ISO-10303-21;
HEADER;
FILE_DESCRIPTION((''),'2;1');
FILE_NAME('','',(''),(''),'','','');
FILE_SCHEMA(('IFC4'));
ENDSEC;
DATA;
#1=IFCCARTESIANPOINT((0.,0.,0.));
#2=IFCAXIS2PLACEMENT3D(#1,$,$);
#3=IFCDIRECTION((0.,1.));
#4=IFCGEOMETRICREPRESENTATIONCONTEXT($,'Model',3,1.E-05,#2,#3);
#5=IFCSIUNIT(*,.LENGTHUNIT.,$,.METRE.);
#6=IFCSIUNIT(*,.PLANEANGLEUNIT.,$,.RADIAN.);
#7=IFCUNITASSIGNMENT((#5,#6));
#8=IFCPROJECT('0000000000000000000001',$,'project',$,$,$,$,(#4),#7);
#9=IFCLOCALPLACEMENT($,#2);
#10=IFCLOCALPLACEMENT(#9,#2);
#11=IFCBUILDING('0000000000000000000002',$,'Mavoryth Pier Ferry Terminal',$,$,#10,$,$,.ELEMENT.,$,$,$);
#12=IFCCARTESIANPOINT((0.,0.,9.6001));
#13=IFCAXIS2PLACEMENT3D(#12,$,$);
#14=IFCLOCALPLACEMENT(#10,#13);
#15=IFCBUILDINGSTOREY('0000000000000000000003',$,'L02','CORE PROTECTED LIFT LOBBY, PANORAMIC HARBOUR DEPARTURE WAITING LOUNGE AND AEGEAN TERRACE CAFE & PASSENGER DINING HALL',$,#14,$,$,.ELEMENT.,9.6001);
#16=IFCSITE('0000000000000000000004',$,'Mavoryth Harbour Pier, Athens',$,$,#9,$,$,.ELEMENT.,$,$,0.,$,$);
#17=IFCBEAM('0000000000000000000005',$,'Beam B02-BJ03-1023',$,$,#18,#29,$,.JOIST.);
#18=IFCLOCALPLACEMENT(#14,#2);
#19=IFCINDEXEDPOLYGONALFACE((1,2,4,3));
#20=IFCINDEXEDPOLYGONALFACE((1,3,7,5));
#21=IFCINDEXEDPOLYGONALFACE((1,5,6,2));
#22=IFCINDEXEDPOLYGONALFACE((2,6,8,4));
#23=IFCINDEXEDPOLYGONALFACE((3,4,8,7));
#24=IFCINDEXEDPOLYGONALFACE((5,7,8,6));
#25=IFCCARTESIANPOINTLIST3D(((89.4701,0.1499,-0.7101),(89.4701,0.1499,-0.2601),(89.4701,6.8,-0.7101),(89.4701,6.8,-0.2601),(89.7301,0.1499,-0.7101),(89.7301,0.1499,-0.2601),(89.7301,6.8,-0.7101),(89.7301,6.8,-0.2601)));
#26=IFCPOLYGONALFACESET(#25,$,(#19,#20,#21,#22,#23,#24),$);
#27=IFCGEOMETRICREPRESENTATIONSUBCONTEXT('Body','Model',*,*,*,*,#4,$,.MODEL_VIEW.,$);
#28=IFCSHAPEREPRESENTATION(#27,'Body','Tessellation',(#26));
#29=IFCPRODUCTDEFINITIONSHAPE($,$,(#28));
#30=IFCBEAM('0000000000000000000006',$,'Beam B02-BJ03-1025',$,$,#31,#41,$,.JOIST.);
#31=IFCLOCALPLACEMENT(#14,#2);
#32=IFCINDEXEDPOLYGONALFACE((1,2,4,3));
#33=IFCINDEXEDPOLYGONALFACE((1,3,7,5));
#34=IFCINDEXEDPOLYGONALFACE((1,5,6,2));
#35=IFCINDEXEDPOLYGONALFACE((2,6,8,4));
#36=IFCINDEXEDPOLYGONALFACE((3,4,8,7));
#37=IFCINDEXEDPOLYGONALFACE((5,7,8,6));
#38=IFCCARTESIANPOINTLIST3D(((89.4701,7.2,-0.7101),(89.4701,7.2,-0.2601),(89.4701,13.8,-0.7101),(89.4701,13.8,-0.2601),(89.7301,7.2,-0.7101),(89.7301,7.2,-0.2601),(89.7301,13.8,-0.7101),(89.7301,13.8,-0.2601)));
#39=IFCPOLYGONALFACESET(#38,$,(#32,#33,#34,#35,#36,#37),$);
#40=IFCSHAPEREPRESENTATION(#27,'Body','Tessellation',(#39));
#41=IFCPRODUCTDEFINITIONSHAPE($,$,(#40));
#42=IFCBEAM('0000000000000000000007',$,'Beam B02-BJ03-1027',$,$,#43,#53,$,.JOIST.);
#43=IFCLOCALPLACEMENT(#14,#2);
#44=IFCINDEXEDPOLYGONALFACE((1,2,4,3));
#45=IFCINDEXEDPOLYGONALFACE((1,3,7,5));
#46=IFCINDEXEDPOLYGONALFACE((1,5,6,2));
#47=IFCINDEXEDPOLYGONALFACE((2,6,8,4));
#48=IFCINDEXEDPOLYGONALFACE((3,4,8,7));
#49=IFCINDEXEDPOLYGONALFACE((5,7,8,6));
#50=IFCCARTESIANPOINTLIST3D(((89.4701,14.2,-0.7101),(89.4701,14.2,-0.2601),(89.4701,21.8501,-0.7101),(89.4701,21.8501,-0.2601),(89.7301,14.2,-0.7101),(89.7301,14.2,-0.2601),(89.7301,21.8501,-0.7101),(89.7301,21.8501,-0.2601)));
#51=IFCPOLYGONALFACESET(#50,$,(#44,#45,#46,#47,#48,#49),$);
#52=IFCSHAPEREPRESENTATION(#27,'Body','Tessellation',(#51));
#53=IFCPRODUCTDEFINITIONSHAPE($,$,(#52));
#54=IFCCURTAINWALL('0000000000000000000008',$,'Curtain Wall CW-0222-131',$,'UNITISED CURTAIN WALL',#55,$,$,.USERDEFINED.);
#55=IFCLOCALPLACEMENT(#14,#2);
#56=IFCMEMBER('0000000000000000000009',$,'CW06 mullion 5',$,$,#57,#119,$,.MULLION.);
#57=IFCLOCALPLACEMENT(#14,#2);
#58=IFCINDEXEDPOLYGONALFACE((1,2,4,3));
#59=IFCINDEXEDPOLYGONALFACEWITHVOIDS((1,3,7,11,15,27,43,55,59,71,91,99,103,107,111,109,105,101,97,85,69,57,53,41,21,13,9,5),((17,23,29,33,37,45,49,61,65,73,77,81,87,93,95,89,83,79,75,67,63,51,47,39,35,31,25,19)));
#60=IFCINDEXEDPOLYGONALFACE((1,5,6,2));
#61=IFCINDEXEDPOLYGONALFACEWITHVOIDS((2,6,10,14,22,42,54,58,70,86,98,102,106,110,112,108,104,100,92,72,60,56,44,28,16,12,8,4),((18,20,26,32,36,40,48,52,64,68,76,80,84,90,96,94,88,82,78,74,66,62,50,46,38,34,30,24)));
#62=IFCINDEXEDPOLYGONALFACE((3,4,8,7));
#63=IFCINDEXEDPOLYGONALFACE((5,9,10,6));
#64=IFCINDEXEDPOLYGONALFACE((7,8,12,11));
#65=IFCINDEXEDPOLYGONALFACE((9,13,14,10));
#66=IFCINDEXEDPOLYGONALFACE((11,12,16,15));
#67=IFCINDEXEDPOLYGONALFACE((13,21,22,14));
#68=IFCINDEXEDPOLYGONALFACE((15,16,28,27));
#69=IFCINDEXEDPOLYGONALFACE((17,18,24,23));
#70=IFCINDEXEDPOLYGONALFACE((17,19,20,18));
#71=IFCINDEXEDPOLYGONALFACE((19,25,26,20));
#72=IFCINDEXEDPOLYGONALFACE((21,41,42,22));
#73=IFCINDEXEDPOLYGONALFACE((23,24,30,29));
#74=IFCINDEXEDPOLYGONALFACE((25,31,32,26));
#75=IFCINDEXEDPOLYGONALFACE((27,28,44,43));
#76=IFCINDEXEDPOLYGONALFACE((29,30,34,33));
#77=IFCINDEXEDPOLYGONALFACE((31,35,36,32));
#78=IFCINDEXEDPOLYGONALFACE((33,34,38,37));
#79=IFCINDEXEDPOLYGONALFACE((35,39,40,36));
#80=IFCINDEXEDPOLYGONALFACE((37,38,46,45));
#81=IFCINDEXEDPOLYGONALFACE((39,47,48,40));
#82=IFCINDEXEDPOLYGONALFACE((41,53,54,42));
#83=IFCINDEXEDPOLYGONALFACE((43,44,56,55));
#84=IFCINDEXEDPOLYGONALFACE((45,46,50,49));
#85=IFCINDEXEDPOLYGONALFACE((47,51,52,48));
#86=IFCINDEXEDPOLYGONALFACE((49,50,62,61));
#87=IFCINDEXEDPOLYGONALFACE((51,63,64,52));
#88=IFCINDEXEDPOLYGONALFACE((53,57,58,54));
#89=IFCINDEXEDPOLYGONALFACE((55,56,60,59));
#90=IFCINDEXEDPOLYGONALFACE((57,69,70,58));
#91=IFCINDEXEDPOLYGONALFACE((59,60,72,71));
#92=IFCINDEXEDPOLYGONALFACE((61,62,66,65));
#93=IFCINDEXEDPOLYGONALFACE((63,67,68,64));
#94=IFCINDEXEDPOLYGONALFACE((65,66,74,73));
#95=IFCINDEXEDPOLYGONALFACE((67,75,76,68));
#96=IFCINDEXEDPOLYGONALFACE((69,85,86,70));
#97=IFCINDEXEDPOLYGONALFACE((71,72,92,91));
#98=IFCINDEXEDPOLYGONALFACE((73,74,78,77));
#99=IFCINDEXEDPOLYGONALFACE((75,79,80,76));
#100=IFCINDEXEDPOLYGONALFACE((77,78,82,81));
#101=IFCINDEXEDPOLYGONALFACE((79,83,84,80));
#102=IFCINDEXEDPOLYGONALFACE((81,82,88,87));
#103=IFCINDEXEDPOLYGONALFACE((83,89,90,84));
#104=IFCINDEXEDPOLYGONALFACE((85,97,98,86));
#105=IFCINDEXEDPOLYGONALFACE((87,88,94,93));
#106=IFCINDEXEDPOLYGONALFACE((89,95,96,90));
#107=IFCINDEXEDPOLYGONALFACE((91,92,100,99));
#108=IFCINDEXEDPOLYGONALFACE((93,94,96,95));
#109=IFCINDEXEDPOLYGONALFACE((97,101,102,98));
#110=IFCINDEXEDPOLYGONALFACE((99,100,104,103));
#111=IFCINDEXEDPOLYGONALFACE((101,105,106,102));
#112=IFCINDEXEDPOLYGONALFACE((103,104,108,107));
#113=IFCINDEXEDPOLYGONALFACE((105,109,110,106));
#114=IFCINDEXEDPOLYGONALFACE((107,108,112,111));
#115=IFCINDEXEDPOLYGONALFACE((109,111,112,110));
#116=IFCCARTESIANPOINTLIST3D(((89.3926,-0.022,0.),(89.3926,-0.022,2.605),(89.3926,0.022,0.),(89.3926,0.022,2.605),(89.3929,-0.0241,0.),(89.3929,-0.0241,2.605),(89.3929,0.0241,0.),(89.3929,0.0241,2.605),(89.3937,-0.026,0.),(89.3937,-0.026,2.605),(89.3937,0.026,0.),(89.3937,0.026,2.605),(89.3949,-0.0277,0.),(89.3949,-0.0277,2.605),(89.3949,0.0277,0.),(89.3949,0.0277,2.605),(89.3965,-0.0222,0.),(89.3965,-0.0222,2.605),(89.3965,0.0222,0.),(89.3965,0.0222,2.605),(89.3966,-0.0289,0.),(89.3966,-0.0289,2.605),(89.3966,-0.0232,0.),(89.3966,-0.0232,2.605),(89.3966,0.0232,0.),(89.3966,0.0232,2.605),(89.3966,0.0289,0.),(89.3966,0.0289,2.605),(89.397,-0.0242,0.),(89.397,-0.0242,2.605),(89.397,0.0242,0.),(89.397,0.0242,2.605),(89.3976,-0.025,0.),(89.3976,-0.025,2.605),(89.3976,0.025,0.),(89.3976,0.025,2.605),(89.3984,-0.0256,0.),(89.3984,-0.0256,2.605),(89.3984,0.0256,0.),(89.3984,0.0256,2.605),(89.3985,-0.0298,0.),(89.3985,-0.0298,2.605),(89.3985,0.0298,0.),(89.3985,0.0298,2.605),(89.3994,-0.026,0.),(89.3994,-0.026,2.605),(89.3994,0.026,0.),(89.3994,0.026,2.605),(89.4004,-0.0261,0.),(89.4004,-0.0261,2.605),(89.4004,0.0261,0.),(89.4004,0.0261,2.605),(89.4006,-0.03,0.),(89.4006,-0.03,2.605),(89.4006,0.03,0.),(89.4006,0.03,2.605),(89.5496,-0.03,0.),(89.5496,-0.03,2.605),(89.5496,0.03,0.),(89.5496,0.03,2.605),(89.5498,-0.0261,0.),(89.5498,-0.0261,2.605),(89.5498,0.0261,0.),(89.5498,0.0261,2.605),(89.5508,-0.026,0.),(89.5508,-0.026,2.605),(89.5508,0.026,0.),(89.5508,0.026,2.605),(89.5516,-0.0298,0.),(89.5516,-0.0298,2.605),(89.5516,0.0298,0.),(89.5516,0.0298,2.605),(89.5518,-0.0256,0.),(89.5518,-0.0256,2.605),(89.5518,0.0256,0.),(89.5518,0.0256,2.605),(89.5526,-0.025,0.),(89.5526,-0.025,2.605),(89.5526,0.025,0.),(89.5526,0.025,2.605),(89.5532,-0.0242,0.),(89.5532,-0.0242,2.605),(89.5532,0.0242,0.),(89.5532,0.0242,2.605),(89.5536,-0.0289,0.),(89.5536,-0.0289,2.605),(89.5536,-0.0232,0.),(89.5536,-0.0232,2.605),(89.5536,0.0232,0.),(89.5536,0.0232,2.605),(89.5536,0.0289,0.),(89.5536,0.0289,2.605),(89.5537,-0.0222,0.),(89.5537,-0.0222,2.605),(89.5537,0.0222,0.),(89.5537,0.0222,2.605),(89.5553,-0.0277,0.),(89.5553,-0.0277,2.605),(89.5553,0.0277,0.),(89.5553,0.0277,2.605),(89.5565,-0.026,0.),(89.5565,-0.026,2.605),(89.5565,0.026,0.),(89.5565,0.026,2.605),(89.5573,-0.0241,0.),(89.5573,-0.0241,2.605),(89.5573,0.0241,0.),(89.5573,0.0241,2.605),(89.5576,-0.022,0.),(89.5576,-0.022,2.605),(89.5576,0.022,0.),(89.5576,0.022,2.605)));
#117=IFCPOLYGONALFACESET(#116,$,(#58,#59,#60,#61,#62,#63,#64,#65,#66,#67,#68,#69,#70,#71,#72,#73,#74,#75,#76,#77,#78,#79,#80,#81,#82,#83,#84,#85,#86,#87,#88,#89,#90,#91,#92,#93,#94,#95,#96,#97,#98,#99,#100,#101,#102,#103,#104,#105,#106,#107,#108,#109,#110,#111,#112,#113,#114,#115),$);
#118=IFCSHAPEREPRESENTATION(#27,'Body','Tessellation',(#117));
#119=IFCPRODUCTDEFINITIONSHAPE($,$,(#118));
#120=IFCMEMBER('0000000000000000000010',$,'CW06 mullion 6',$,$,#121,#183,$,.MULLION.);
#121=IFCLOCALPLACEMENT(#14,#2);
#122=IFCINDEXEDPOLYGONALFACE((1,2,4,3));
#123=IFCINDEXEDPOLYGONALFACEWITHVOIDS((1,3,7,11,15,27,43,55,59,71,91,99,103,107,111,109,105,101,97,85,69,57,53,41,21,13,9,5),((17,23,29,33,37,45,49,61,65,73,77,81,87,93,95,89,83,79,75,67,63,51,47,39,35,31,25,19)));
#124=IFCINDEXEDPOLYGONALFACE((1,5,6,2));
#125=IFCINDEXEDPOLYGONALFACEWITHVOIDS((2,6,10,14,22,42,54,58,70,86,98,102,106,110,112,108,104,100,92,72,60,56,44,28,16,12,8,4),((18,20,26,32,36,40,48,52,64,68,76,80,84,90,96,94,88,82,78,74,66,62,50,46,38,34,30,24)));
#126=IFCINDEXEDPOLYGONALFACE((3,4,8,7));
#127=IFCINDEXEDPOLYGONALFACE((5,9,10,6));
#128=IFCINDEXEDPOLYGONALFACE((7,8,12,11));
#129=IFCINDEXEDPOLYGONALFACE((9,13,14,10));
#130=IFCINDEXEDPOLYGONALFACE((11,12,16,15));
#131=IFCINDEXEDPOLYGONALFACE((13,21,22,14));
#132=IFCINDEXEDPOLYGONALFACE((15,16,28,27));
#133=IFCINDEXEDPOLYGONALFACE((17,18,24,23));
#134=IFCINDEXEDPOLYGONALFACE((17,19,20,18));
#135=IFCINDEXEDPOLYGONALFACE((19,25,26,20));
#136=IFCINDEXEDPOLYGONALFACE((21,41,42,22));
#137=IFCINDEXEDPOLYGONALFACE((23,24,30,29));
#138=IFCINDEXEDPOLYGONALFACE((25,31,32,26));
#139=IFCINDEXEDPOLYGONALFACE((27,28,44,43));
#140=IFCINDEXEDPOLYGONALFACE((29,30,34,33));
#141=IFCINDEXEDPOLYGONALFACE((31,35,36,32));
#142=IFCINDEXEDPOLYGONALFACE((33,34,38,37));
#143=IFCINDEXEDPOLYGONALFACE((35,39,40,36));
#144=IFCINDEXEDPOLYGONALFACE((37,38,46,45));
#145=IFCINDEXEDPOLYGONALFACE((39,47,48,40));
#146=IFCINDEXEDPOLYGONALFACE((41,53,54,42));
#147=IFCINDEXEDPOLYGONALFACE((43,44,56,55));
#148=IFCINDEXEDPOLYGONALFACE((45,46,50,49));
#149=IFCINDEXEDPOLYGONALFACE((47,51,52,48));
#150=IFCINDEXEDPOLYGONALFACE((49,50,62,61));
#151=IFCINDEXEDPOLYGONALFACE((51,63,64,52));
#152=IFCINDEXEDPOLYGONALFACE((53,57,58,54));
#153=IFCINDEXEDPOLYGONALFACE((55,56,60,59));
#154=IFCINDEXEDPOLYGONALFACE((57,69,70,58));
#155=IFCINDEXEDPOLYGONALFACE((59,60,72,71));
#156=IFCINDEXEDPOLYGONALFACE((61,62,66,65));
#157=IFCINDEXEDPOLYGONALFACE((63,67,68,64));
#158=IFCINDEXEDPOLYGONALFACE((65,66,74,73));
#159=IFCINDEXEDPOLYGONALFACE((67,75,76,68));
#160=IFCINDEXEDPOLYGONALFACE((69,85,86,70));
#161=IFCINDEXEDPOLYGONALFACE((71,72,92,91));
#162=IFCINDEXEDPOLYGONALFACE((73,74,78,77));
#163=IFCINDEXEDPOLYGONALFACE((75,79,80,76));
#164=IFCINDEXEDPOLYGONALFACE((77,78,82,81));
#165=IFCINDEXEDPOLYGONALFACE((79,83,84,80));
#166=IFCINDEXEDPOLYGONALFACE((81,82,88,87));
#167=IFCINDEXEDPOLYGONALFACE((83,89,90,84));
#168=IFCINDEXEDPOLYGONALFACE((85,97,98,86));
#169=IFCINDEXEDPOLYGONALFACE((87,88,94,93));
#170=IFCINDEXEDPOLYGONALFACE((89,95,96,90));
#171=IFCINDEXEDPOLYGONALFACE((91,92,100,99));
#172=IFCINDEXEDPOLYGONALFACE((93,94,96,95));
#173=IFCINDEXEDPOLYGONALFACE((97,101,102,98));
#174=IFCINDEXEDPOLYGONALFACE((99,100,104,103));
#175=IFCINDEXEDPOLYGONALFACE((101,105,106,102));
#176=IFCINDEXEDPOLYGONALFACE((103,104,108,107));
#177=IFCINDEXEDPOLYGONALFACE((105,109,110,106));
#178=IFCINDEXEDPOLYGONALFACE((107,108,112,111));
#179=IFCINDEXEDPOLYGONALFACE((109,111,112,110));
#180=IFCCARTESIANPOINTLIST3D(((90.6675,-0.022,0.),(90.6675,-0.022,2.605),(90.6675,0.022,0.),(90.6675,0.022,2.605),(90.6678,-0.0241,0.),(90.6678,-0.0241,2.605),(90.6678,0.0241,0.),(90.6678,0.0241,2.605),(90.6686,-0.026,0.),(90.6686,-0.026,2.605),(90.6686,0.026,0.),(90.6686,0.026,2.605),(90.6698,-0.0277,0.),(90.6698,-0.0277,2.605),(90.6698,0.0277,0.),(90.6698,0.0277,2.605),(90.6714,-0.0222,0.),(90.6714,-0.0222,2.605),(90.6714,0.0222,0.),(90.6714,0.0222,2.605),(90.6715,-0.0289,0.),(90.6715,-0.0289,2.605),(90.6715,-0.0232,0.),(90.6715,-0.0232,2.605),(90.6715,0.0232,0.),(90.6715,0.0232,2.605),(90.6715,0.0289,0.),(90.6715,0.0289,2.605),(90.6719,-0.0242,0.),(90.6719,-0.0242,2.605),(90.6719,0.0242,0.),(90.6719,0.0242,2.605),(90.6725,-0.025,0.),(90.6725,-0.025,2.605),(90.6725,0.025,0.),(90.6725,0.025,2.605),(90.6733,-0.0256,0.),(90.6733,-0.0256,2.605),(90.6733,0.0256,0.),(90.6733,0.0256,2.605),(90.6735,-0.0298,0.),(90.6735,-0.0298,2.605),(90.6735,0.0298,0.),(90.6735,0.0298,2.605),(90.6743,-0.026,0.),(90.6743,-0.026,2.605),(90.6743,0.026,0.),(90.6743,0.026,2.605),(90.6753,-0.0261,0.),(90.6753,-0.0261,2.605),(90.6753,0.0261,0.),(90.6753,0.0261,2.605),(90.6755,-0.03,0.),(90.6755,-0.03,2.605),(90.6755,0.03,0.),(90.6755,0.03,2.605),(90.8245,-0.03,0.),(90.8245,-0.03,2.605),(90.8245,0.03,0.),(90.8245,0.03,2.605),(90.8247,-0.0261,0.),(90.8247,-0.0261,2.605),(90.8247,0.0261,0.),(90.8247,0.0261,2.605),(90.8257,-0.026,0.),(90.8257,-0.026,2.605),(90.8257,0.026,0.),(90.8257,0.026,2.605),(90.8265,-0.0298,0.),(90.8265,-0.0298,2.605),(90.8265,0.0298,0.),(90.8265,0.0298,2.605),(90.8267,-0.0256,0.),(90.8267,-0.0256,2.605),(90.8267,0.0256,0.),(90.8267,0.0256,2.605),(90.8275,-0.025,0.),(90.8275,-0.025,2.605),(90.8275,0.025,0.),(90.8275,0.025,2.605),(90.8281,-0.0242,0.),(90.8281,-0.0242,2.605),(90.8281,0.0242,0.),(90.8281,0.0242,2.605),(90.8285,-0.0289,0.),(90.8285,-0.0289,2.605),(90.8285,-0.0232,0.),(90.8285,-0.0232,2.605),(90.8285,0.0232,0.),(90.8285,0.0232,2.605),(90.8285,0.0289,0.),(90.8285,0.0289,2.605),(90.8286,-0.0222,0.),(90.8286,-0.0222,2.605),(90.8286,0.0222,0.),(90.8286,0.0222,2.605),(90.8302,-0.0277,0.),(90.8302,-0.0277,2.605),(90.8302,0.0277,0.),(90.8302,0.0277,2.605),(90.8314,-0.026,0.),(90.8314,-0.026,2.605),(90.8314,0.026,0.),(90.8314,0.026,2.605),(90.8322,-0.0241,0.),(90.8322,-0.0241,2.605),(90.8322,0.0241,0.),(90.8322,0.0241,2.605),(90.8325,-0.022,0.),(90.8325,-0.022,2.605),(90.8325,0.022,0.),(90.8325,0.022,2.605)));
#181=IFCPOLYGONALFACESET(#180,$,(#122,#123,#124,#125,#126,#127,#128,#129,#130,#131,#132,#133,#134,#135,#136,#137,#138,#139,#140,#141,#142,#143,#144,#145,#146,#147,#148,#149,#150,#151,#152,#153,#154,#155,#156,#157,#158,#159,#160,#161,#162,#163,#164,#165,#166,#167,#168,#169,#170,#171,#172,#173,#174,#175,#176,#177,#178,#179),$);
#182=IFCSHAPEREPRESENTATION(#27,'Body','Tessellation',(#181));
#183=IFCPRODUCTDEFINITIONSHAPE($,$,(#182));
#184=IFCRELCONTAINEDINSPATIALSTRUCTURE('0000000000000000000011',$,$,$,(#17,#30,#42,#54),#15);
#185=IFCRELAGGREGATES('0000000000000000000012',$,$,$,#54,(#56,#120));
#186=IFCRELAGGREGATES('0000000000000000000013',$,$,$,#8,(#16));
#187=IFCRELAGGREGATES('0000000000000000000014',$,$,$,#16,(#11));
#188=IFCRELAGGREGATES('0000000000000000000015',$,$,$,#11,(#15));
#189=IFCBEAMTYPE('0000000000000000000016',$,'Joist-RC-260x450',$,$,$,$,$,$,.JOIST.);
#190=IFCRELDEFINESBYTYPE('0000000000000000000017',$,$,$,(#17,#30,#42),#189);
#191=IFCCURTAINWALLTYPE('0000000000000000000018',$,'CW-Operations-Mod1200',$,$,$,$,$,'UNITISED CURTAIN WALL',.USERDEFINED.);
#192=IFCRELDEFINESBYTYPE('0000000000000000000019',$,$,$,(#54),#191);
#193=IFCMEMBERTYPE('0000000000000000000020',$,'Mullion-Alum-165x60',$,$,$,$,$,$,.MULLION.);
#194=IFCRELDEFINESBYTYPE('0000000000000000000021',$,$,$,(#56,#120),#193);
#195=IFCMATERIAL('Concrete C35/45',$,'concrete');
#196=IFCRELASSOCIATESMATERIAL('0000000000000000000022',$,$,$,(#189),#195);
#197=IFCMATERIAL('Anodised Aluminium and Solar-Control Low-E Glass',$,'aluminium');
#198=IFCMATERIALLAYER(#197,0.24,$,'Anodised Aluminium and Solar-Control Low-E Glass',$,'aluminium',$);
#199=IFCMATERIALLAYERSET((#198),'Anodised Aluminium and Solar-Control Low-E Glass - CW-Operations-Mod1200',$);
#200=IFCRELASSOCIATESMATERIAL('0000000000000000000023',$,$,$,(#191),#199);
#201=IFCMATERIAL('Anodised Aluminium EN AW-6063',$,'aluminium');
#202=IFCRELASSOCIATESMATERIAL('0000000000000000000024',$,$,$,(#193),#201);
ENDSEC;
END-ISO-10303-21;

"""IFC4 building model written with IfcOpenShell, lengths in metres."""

from ifc_helpers import new_model, si_unit, direction, frame, origin, origin_2d, place, context, subcontext, project, spatial, rectangle, hollow_rectangle, extrude, material, layer, layer_set, material_profile, profile_set, type_object, element, aggregate, save


model = new_model("IFC4")

# Units and contexts
model_context = context("Model", 3, precision=1e-05, world=origin(), true_north=direction((0.0, 1.0)))
body_context = subcontext(model_context, "Body", "Model", "MODEL_VIEW")
ifc_project = project(units=[si_unit("LENGTHUNIT", "METRE"), si_unit("PLANEANGLEUNIT", "RADIAN")], contexts=[model_context])

# Site, building, storey
site_placement = place(None, origin())
site = spatial("IfcSite", under=ifc_project, at=site_placement, Name="Mavoryth Harbour Pier, Athens", CompositionType="ELEMENT", RefElevation=0.0)
building_placement = place(site_placement, origin())
building = spatial("IfcBuilding", under=site, at=building_placement, Name="Mavoryth Pier Ferry Terminal", CompositionType="ELEMENT")
storey_placement = place(building_placement, frame((0.0, 0.0, 9.6001)))
storey = spatial("IfcBuildingStorey", under=building, at=storey_placement, Name="L02", Description="CORE PROTECTED LIFT LOBBY, PANORAMIC HARBOUR DEPARTURE WAITING LOUNGE AND AEGEAN TERRACE CAFE & PASSENGER DINING HALL", CompositionType="ELEMENT", Elevation=9.6001)

# Beams
ifc_material_1 = material(Name="Concrete C35/45", Category="concrete")
ifc_material_profile_1 = material_profile(ifc_material_1, rectangle(XDim=0.26, YDim=0.45, at=origin_2d()), Name="RC 260x450", Category="concrete")
ifc_profile_set_1 = profile_set([ifc_material_profile_1], Name="Concrete C35/45 - RC 260x450")
beam_type = type_object("IfcBeamType", Name="Joist-RC-260x450", PredefinedType="JOIST", material=ifc_profile_set_1)
beam_1_placement = place(storey_placement, frame((89.6001, 0.1499, -0.4851), z_axis=(0.0, 1.0, 0.0), x_axis=(-1.0, 0.0, 0.0)))
element("IfcBeam", 1, at=beam_1_placement, inside=storey, type_object=beam_type, Name="Beam B02-BJ03-1023", PredefinedType="JOIST", context=body_context, shape_type="SweptSolid", body=[
    extrude(rectangle(XDim=0.26, YDim=0.45, at=origin_2d()), origin(), (0.0, 0.0, 1.0), 6.6501),
])
beam_2_placement = place(storey_placement, frame((89.6001, 7.2, -0.4851), z_axis=(0.0, 1.0, 0.0), x_axis=(-1.0, 0.0, 0.0)))
element("IfcBeam", 2, at=beam_2_placement, inside=storey, type_object=beam_type, Name="Beam B02-BJ03-1025", PredefinedType="JOIST", context=body_context, shape_type="SweptSolid", body=[
    extrude(rectangle(XDim=0.26, YDim=0.45, at=origin_2d()), origin(), (0.0, 0.0, 1.0), 6.6001),
])
beam_3_placement = place(storey_placement, frame((89.6001, 14.2, -0.4851), z_axis=(0.0, 1.0, 0.0), x_axis=(-1.0, 0.0, 0.0)))
element("IfcBeam", 3, at=beam_3_placement, inside=storey, type_object=beam_type, Name="Beam B02-BJ03-1027", PredefinedType="JOIST", context=body_context, shape_type="SweptSolid", body=[
    extrude(rectangle(XDim=0.26, YDim=0.45, at=origin_2d()), origin(), (0.0, 0.0, 1.0), 7.6501),
])

# Curtain wall, members
ifc_material_2 = material(Name="Anodised Aluminium and Solar-Control Low-E Glass", Category="aluminium")
ifc_layer_1 = layer(ifc_material_2, 0.24, Name="Anodised Aluminium and Solar-Control Low-E Glass", Category="aluminium")
ifc_layer_set_1 = layer_set([ifc_layer_1], Name="Anodised Aluminium and Solar-Control Low-E Glass - CW-Operations-Mod1200")
curtain_wall_type = type_object("IfcCurtainWallType", Name="CW-Operations-Mod1200", ElementType="UNITISED CURTAIN WALL", PredefinedType="USERDEFINED", material=ifc_layer_set_1)
curtain_wall_placement = place(storey_placement, origin())
curtain_wall = element("IfcCurtainWall", 4, at=curtain_wall_placement, inside=storey, type_object=curtain_wall_type, Name="Curtain Wall CW-0222-131", ObjectType="UNITISED CURTAIN WALL", PredefinedType="USERDEFINED")
ifc_material_3 = material(Name="Anodised Aluminium EN AW-6063", Category="aluminium")
ifc_material_profile_2 = material_profile(ifc_material_3, hollow_rectangle(XDim=0.0601, YDim=0.165, WallThickness=0.0039, InnerFilletRadius=0.0039, OuterFilletRadius=0.0081, at=origin_2d()), Name="AL-MULL 165x60x4", Category="aluminium")
ifc_profile_set_2 = profile_set([ifc_material_profile_2], Name="Anodised Aluminium EN AW-6063 - AL-MULL 165x60x4")
member_type_1 = type_object("IfcMemberType", Name="Mullion-Alum-165x60", PredefinedType="MULLION", material=ifc_profile_set_2)
member_1_placement = place(storey_placement, frame((89.4751, 0.0, 0.0), z_axis=(0.0, 0.0, 1.0), x_axis=(0.0, 1.0, 0.0)))
member_1 = element("IfcMember", 5, at=member_1_placement, type_object=member_type_1, Name="CW06 mullion 5", PredefinedType="MULLION", context=body_context, shape_type="SweptSolid", body=[
    extrude(hollow_rectangle(XDim=0.0601, YDim=0.165, WallThickness=0.0039, InnerFilletRadius=0.0039, OuterFilletRadius=0.0081, at=origin_2d()), origin(), (0.0, 0.0, 1.0), 2.605),
])
member_2_placement = place(storey_placement, frame((90.75, 0.0, 0.0), z_axis=(0.0, 0.0, 1.0), x_axis=(0.0, 1.0, 0.0)))
member_2 = element("IfcMember", 6, at=member_2_placement, type_object=member_type_1, Name="CW06 mullion 6", PredefinedType="MULLION", context=body_context, shape_type="SweptSolid", body=[
    extrude(hollow_rectangle(XDim=0.0601, YDim=0.165, WallThickness=0.0039, InnerFilletRadius=0.0039, OuterFilletRadius=0.0081, at=origin_2d()), origin(), (0.0, 0.0, 1.0), 2.605),
])
aggregate(curtain_wall, [member_1, member_2])

save(model, "model.ifc")
